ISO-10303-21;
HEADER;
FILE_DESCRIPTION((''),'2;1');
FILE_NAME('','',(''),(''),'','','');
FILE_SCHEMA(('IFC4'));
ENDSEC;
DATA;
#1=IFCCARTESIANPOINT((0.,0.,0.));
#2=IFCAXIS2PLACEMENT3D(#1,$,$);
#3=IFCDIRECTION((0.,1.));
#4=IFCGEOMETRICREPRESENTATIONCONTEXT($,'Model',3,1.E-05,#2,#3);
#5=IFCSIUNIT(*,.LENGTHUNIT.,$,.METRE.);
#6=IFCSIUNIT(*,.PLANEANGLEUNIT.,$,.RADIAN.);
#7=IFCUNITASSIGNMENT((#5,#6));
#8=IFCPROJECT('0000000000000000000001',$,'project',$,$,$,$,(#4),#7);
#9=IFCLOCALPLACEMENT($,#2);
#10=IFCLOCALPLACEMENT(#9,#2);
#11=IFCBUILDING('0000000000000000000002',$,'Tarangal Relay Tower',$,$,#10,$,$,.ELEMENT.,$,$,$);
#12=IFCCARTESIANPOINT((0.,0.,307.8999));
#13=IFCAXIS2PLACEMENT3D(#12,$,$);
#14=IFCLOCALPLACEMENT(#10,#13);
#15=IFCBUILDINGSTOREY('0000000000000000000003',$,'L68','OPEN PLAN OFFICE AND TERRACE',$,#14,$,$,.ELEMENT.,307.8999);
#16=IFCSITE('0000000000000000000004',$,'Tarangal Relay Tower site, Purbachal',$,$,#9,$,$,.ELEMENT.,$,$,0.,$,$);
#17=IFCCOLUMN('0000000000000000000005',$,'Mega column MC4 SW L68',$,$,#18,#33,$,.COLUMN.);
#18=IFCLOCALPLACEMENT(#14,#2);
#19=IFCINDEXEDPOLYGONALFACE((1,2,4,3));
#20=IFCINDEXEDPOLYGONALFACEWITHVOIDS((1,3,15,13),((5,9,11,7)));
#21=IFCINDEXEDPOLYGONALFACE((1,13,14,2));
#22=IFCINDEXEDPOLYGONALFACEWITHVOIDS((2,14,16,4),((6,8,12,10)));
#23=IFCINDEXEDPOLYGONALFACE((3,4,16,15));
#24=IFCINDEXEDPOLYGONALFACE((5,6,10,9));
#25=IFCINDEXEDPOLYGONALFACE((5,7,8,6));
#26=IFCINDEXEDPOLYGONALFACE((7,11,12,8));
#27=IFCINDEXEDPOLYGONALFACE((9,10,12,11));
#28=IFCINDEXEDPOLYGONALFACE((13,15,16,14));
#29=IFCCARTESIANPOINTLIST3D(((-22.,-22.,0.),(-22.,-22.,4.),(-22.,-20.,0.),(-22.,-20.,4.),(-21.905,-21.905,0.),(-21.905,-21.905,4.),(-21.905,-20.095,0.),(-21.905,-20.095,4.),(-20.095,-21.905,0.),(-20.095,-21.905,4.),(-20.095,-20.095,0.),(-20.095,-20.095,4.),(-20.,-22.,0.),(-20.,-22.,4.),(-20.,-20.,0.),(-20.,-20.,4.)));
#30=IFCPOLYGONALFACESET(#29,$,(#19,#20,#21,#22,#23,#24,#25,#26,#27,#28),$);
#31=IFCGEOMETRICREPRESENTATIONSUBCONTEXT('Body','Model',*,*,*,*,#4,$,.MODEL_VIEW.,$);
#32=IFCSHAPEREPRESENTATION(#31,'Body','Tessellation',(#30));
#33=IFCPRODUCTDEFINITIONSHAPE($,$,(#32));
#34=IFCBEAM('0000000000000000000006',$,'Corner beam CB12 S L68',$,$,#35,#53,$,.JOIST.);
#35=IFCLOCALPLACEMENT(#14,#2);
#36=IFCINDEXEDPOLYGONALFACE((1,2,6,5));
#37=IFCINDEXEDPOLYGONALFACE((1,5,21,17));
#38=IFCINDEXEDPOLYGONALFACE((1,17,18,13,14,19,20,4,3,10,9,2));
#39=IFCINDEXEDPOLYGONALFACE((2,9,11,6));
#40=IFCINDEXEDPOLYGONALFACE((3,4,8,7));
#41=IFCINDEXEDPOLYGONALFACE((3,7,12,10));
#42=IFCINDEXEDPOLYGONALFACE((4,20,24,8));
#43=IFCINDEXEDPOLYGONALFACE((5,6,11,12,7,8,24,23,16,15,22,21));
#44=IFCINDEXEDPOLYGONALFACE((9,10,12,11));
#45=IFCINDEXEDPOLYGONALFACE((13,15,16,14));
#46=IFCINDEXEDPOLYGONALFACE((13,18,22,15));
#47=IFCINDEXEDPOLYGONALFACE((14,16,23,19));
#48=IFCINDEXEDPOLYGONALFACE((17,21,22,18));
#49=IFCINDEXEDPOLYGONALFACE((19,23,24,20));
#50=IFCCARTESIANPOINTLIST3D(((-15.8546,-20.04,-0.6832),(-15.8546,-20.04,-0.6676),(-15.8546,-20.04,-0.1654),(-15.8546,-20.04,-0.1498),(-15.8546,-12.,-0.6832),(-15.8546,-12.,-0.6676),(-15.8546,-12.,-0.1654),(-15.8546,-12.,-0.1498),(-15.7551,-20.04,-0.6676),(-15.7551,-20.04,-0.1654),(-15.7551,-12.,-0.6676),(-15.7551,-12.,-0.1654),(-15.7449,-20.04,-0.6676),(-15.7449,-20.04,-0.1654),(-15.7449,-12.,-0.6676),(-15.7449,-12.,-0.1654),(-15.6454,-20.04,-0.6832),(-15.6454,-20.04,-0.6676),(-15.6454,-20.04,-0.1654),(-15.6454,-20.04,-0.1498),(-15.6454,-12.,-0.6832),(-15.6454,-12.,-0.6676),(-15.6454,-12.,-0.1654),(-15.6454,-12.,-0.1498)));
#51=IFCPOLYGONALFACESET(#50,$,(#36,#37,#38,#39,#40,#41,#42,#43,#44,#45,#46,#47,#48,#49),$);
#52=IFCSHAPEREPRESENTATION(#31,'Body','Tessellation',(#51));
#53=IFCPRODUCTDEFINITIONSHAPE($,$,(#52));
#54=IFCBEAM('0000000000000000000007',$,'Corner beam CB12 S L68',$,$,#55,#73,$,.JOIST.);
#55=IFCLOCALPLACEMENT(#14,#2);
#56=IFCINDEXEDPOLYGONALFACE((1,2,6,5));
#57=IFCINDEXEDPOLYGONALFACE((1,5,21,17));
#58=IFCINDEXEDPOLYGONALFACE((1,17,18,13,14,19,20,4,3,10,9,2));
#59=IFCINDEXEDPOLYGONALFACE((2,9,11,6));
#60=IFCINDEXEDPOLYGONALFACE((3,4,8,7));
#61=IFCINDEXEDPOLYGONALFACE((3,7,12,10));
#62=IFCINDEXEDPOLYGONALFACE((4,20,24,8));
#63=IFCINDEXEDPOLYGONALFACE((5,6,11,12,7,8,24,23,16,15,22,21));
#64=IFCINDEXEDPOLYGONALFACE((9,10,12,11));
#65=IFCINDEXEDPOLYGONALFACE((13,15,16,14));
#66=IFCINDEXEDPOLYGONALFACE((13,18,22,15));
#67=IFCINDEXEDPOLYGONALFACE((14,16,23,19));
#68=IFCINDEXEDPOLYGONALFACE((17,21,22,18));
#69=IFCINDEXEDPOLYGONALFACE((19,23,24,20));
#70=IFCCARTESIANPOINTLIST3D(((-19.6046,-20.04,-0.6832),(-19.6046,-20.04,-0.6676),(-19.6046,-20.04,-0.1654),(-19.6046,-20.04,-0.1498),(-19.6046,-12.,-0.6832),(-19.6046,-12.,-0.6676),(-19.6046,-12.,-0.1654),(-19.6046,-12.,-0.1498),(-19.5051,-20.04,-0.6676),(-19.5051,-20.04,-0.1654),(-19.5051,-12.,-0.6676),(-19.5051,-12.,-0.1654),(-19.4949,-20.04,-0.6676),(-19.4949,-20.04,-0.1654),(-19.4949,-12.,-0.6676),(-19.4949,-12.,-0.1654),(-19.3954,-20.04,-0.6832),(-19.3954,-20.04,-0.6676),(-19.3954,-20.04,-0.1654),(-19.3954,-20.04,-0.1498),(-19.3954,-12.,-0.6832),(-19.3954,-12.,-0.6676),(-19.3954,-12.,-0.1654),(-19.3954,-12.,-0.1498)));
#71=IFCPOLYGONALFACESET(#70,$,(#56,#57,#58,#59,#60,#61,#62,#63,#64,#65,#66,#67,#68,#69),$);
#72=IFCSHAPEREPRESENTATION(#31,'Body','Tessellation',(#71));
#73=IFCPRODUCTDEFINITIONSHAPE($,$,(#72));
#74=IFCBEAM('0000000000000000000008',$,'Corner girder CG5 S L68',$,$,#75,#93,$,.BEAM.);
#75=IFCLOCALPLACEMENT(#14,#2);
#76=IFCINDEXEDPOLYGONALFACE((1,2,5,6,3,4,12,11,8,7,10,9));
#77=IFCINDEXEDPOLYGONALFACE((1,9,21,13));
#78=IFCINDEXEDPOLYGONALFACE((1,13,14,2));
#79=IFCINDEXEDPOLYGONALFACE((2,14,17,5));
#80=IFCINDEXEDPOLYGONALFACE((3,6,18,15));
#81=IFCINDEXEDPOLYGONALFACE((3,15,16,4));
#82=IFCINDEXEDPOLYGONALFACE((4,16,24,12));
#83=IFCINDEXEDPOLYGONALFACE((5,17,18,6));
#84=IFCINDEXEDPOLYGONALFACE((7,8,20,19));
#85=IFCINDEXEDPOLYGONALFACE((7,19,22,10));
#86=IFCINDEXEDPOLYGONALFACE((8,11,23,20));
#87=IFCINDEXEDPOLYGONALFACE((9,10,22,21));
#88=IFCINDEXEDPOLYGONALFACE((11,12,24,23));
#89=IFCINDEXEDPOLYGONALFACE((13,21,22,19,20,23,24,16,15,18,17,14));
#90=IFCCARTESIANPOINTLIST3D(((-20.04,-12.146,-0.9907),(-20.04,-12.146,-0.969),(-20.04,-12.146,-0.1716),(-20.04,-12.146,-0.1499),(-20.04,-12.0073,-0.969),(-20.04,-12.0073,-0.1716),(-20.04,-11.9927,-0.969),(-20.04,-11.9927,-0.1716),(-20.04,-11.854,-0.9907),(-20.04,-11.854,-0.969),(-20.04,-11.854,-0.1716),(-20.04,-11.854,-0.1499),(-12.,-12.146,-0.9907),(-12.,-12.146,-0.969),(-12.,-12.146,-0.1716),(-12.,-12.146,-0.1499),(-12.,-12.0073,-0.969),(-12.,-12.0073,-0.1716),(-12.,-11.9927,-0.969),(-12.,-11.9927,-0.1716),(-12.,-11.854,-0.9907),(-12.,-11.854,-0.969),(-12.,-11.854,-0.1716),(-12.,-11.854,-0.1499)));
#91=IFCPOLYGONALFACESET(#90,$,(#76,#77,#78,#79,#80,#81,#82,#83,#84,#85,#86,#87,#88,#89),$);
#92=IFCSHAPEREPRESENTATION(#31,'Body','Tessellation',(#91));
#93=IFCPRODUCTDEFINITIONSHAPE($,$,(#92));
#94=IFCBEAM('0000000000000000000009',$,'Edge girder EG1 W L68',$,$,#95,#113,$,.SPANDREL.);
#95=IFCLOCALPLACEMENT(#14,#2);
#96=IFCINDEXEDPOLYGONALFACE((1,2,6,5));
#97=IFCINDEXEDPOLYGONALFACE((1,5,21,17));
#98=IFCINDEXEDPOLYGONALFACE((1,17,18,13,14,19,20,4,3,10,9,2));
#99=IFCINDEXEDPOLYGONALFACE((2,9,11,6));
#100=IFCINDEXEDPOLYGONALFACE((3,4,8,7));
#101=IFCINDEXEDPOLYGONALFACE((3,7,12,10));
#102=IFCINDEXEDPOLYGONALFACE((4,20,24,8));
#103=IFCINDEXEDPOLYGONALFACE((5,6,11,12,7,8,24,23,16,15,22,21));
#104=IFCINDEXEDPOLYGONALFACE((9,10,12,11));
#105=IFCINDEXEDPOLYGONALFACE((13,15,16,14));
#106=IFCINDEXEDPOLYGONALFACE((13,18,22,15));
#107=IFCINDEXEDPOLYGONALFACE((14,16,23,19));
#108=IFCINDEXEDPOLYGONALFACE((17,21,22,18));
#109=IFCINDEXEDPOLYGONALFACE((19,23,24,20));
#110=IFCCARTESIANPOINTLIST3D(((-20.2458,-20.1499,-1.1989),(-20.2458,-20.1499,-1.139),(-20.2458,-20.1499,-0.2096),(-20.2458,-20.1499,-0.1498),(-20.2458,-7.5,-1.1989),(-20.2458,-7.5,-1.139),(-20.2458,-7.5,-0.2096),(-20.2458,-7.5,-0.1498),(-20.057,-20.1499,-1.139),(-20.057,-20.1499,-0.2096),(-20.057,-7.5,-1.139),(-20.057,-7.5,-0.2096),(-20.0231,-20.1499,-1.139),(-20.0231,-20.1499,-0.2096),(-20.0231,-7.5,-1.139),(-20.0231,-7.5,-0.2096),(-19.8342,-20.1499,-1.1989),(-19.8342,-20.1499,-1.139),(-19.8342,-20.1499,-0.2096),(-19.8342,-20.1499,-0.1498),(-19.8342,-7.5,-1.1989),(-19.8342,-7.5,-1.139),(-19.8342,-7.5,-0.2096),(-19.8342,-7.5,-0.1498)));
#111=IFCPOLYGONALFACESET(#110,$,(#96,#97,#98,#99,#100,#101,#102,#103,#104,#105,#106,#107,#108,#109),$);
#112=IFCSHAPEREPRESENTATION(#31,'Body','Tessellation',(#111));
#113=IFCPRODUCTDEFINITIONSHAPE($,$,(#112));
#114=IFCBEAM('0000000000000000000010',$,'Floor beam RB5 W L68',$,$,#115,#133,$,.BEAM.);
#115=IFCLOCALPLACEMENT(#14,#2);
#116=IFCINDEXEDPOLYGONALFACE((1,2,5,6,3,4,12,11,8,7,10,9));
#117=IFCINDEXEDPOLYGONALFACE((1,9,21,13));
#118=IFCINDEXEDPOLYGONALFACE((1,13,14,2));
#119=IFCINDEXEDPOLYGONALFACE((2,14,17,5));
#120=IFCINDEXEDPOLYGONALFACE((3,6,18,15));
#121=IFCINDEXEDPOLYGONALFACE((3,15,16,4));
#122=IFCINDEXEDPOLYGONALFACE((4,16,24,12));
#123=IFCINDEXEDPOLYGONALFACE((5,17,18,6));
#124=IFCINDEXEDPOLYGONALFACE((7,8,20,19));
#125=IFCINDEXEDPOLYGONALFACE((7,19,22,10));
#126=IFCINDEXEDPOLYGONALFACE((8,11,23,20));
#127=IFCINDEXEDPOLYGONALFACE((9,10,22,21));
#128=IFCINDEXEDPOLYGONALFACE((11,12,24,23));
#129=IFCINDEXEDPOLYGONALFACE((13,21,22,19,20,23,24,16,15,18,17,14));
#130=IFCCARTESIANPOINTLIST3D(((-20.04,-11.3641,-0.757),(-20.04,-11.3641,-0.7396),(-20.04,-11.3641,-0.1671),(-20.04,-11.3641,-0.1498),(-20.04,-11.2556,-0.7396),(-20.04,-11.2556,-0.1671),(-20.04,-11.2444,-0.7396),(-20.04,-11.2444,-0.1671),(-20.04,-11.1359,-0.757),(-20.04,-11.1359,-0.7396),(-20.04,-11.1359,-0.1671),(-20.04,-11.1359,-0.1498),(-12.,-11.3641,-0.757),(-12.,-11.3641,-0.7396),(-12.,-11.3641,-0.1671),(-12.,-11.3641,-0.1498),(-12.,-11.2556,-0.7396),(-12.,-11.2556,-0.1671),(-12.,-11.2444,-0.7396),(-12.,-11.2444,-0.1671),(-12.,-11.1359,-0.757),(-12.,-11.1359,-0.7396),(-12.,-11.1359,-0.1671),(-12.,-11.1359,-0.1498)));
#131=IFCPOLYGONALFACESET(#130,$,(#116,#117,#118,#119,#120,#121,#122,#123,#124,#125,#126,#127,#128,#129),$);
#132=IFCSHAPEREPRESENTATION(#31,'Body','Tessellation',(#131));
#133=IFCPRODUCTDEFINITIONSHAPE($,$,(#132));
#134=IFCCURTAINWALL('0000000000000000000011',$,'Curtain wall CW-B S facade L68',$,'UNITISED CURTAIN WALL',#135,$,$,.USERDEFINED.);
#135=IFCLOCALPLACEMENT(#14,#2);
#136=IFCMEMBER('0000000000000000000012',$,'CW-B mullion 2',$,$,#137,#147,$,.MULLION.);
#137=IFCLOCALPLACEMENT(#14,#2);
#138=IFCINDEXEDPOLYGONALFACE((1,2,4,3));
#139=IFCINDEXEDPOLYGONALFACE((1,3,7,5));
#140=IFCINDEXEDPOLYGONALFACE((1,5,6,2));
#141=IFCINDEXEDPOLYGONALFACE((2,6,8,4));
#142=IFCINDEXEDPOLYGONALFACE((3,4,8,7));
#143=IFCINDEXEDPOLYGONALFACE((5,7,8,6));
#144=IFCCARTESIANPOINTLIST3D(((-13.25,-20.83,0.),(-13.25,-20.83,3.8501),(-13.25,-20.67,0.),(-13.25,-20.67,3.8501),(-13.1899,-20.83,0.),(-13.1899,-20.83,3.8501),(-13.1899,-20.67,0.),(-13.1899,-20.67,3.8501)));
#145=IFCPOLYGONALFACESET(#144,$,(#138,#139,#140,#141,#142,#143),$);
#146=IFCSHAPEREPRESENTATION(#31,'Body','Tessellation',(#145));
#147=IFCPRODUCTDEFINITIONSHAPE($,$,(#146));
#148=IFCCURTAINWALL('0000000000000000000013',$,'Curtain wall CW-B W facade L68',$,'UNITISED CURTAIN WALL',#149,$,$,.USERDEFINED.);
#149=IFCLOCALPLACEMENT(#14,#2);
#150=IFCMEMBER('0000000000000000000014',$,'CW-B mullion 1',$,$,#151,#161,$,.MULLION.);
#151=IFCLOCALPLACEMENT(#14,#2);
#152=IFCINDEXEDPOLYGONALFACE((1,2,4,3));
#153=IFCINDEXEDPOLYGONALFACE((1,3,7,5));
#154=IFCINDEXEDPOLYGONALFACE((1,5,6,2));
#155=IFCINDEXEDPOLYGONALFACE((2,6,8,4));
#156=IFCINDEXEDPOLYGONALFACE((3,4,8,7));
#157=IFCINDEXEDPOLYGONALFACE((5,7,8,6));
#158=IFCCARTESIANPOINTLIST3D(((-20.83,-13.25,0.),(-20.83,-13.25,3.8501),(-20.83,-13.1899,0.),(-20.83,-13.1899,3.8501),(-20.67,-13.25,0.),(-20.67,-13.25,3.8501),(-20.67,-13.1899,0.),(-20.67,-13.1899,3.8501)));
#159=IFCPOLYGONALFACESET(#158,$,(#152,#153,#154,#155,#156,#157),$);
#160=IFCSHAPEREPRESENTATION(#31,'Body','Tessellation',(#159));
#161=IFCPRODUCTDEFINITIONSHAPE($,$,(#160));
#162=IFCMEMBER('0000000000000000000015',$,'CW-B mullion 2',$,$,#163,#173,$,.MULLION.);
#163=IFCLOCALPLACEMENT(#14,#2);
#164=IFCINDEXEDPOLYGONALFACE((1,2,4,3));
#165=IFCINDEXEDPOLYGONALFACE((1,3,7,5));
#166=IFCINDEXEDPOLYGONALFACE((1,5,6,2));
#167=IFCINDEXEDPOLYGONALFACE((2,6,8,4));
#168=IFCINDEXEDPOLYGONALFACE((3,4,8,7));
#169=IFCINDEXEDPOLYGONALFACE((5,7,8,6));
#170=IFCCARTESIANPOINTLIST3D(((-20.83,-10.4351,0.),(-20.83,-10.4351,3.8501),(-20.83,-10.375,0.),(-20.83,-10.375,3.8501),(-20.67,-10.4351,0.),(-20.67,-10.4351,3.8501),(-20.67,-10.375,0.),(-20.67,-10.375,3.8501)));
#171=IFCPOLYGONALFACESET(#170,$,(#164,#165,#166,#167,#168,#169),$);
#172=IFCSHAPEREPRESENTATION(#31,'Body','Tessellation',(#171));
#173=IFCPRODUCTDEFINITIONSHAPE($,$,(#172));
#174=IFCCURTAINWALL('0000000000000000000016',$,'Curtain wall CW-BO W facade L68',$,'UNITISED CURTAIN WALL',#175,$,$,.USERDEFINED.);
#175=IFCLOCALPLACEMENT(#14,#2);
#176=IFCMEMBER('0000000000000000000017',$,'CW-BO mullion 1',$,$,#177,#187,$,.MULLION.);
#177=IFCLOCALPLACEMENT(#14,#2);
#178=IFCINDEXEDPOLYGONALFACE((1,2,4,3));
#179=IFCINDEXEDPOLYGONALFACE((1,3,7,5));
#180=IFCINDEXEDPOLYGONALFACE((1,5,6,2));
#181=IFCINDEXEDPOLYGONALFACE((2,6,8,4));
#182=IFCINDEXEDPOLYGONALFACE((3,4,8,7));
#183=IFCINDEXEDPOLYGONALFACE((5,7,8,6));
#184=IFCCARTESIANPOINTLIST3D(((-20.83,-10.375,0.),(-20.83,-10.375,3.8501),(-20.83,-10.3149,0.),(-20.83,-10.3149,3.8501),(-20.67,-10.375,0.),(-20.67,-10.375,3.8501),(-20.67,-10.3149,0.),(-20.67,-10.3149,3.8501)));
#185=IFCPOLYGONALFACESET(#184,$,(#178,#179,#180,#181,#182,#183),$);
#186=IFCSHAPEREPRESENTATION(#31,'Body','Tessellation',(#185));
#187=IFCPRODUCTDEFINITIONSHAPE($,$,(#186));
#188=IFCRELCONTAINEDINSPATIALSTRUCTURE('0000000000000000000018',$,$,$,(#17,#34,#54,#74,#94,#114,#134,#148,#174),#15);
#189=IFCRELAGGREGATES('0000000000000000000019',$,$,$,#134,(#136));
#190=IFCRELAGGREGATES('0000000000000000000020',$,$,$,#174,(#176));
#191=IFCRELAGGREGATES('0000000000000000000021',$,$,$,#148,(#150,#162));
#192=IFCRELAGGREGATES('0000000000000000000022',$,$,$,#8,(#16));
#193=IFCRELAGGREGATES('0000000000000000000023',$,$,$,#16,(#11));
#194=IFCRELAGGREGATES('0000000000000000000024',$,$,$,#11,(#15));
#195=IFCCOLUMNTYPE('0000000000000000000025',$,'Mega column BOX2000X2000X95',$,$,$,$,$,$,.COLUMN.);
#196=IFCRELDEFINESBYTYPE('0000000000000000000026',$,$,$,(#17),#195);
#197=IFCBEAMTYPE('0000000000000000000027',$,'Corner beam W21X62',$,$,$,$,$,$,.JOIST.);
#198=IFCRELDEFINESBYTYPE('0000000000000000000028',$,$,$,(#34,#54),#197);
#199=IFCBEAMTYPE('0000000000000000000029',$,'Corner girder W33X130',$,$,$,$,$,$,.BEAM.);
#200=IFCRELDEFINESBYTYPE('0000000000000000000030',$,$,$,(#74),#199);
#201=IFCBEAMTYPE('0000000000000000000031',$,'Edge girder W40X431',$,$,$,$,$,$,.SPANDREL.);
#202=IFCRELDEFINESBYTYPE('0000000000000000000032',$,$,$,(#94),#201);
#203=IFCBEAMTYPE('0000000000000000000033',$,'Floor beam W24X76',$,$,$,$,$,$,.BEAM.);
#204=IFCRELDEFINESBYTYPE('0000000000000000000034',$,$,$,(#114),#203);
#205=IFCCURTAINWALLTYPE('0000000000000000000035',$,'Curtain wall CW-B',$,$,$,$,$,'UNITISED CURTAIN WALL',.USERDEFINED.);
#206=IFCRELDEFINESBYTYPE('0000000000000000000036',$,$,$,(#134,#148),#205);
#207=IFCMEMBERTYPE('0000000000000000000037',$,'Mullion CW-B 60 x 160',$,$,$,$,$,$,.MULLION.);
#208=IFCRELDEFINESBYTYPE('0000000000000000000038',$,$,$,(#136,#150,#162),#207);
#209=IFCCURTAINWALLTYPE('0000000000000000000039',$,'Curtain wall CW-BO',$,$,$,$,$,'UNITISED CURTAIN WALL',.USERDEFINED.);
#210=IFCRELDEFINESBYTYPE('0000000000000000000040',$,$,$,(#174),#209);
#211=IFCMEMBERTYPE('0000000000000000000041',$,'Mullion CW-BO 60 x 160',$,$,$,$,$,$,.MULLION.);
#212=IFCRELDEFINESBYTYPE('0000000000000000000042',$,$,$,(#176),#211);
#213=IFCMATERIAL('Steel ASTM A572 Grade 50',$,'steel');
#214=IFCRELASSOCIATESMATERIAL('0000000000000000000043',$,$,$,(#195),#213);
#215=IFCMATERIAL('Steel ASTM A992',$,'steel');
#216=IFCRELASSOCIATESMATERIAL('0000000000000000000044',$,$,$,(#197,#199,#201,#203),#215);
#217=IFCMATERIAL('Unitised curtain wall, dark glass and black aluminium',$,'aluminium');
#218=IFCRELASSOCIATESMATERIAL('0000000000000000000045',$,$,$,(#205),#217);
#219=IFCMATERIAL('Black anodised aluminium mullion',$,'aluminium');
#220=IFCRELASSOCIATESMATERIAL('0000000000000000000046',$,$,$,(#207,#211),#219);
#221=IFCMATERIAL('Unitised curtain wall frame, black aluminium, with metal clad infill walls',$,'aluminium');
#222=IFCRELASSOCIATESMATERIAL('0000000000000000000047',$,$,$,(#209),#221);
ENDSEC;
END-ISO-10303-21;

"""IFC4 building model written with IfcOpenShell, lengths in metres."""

from ifc_helpers import new_model, si_unit, direction, frame, origin, origin_2d, place, context, subcontext, project, spatial, rectangle, hollow_rectangle, i_section, extrude, material, material_profile, profile_set, type_object, element, aggregate, save


model = new_model("IFC4")

# Units and contexts
model_context = context("Model", 3, precision=1e-05, world=origin(), true_north=direction((0.0, 1.0)))
body_context = subcontext(model_context, "Body", "Model", "MODEL_VIEW")
ifc_project = project(units=[si_unit("LENGTHUNIT", "METRE"), si_unit("PLANEANGLEUNIT", "RADIAN")], contexts=[model_context])

# Site, building, storey
site_placement = place(None, origin())
site = spatial("IfcSite", under=ifc_project, at=site_placement, Name="Tarangal Relay Tower site, Purbachal", CompositionType="ELEMENT", RefElevation=0.0)
building_placement = place(site_placement, origin())
building = spatial("IfcBuilding", under=site, at=building_placement, Name="Tarangal Relay Tower", CompositionType="ELEMENT")
storey_placement = place(building_placement, frame((0.0, 0.0, 307.8999)))
storey = spatial("IfcBuildingStorey", under=building, at=storey_placement, Name="L68", Description="OPEN PLAN OFFICE AND TERRACE", CompositionType="ELEMENT", Elevation=307.8999)

# Column
ifc_material_1 = material(Name="Steel ASTM A572 Grade 50", Category="steel")
ifc_material_profile_1 = material_profile(ifc_material_1, hollow_rectangle(XDim=2.0, YDim=2.0, WallThickness=0.095, at=origin_2d()), Name="BOX2000X2000X95")
ifc_profile_set_1 = profile_set([ifc_material_profile_1], Name="Steel ASTM A572 Grade 50")
column_type = type_object("IfcColumnType", Name="Mega column BOX2000X2000X95", PredefinedType="COLUMN", material=ifc_profile_set_1)
column_placement = place(storey_placement, frame((-21.0, -21.0, 0.0), z_axis=(0.0, 0.0, 1.0), x_axis=(1.0, 0.0, 0.0)))
element("IfcColumn", 1, at=column_placement, inside=storey, type_object=column_type, Name="Mega column MC4 SW L68", PredefinedType="COLUMN", context=body_context, shape_type="SweptSolid", body=[
    extrude(hollow_rectangle(XDim=2.0, YDim=2.0, WallThickness=0.095, at=origin_2d()), origin(), (0.0, 0.0, 1.0), 4.0),
])

# Beams
ifc_material_2 = material(Name="Steel ASTM A992", Category="steel")
ifc_material_profile_2 = material_profile(ifc_material_2, i_section(OverallWidth=0.2092, OverallDepth=0.5334, WebThickness=0.0103, FlangeThickness=0.0156, at=origin_2d()), Name="W21X62")
ifc_profile_set_2 = profile_set([ifc_material_profile_2], Name="Steel ASTM A992")
beam_type_1 = type_object("IfcBeamType", Name="Corner beam W21X62", PredefinedType="JOIST", material=ifc_profile_set_2)
for number, where, z_axis, x_axis, name in (
    (2, (-15.75, -12.0, -0.4165), (0.0, -1.0, 0.0), (1.0, 0.0, 0.0), "Corner beam CB12 S L68"),
    (3, (-19.5, -12.0, -0.4165), (0.0, -1.0, 0.0), (1.0, 0.0, 0.0), "Corner beam CB12 S L68"),
):
    element("IfcBeam", number, at=place(storey_placement, frame(where, z_axis=z_axis, x_axis=x_axis)), inside=storey, type_object=beam_type_1, Name=name, PredefinedType="JOIST", context=body_context, shape_type="SweptSolid", body=[
        extrude(i_section(OverallWidth=0.2092, OverallDepth=0.5334, WebThickness=0.0103, FlangeThickness=0.0156, at=origin_2d()), origin(), (0.0, 0.0, 1.0), 8.04),
    ])
ifc_material_profile_3 = material_profile(ifc_material_2, i_section(OverallWidth=0.292, OverallDepth=0.8408, WebThickness=0.0146, FlangeThickness=0.0217, at=origin_2d()), Name="W33X130")
ifc_profile_set_3 = profile_set([ifc_material_profile_3], Name="Steel ASTM A992")
beam_type_2 = type_object("IfcBeamType", Name="Corner girder W33X130", PredefinedType="BEAM", material=ifc_profile_set_3)
beam_1_placement = place(storey_placement, frame((-12.0, -12.0, -0.5703), z_axis=(-1.0, 0.0, 0.0), x_axis=(0.0, -1.0, 0.0)))
element("IfcBeam", 4, at=beam_1_placement, inside=storey, type_object=beam_type_2, Name="Corner girder CG5 S L68", PredefinedType="BEAM", context=body_context, shape_type="SweptSolid", body=[
    extrude(i_section(OverallWidth=0.292, OverallDepth=0.8408, WebThickness=0.0146, FlangeThickness=0.0217, at=origin_2d()), origin(), (0.0, 0.0, 1.0), 8.04),
])
ifc_material_profile_4 = material_profile(ifc_material_2, i_section(OverallWidth=0.4116, OverallDepth=1.0491, WebThickness=0.0339, FlangeThickness=0.0598, at=origin_2d()), Name="W40X431")
ifc_profile_set_4 = profile_set([ifc_material_profile_4], Name="Steel ASTM A992")
beam_type_3 = type_object("IfcBeamType", Name="Edge girder W40X431", PredefinedType="SPANDREL", material=ifc_profile_set_4)
beam_2_placement = place(storey_placement, frame((-20.04, -20.1499, -0.6743), z_axis=(0.0, 1.0, 0.0), x_axis=(-1.0, 0.0, 0.0)))
element("IfcBeam", 5, at=beam_2_placement, inside=storey, type_object=beam_type_3, Name="Edge girder EG1 W L68", PredefinedType="SPANDREL", context=body_context, shape_type="SweptSolid", body=[
    extrude(i_section(OverallWidth=0.4116, OverallDepth=1.0491, WebThickness=0.0339, FlangeThickness=0.0598, at=origin_2d()), origin(), (0.0, 0.0, 1.0), 12.6499),
])
ifc_material_profile_5 = material_profile(ifc_material_2, i_section(OverallWidth=0.2283, OverallDepth=0.6072, WebThickness=0.0112, FlangeThickness=0.0173, at=origin_2d()), Name="W24X76")
ifc_profile_set_5 = profile_set([ifc_material_profile_5], Name="Steel ASTM A992")
beam_type_4 = type_object("IfcBeamType", Name="Floor beam W24X76", PredefinedType="BEAM", material=ifc_profile_set_5)
beam_3_placement = place(storey_placement, frame((-12.0, -11.25, -0.4534), z_axis=(-1.0, 0.0, 0.0), x_axis=(0.0, -1.0, 0.0)))
element("IfcBeam", 6, at=beam_3_placement, inside=storey, type_object=beam_type_4, Name="Floor beam RB5 W L68", PredefinedType="BEAM", context=body_context, shape_type="SweptSolid", body=[
    extrude(i_section(OverallWidth=0.2283, OverallDepth=0.6072, WebThickness=0.0112, FlangeThickness=0.0173, at=origin_2d()), origin(), (0.0, 0.0, 1.0), 8.04),
])

# Curtain wall, member
ifc_material_3 = material(Name="Unitised curtain wall, dark glass and black aluminium", Category="aluminium")
curtain_wall_type_1 = type_object("IfcCurtainWallType", Name="Curtain wall CW-B", ElementType="UNITISED CURTAIN WALL", PredefinedType="USERDEFINED", material=ifc_material_3)
curtain_wall_1_placement = place(storey_placement, origin())
curtain_wall_1 = element("IfcCurtainWall", 7, at=curtain_wall_1_placement, inside=storey, type_object=curtain_wall_type_1, Name="Curtain wall CW-B S facade L68", ObjectType="UNITISED CURTAIN WALL", PredefinedType="USERDEFINED")
ifc_material_4 = material(Name="Black anodised aluminium mullion", Category="aluminium")
ifc_material_profile_6 = material_profile(ifc_material_4, rectangle(XDim=0.1599, YDim=0.0601, at=origin_2d()), Name="CW-BM 60X160")
ifc_profile_set_6 = profile_set([ifc_material_profile_6], Name="Black anodised aluminium mullion")
member_type_1 = type_object("IfcMemberType", Name="Mullion CW-B 60 x 160", PredefinedType="MULLION", material=ifc_profile_set_6)
member_1_placement = place(storey_placement, frame((-13.22, -20.75, 0.0), z_axis=(0.0, 0.0, 1.0), x_axis=(0.0, -1.0, 0.0)))
member_1 = element("IfcMember", 8, at=member_1_placement, type_object=member_type_1, Name="CW-B mullion 2", PredefinedType="MULLION", context=body_context, shape_type="SweptSolid", body=[
    extrude(rectangle(XDim=0.1599, YDim=0.0601, at=origin_2d()), origin(), (0.0, 0.0, 1.0), 3.8501),
])
aggregate(curtain_wall_1, [member_1])

# Curtain wall, members
curtain_wall_2_placement = place(storey_placement, origin())
curtain_wall_2 = element("IfcCurtainWall", 9, at=curtain_wall_2_placement, inside=storey, type_object=curtain_wall_type_1, Name="Curtain wall CW-B W facade L68", ObjectType="UNITISED CURTAIN WALL", PredefinedType="USERDEFINED")
member_2_placement = place(storey_placement, frame((-20.75, -13.22, 0.0), z_axis=(0.0, 0.0, 1.0), x_axis=(-1.0, 0.0, 0.0)))
member_2 = element("IfcMember", 10, at=member_2_placement, type_object=member_type_1, Name="CW-B mullion 1", PredefinedType="MULLION", context=body_context, shape_type="SweptSolid", body=[
    extrude(rectangle(XDim=0.1599, YDim=0.0601, at=origin_2d()), origin(), (0.0, 0.0, 1.0), 3.8501),
])
member_3_placement = place(storey_placement, frame((-20.75, -10.405, 0.0), z_axis=(0.0, 0.0, 1.0), x_axis=(-1.0, 0.0, 0.0)))
member_3 = element("IfcMember", 11, at=member_3_placement, type_object=member_type_1, Name="CW-B mullion 2", PredefinedType="MULLION", context=body_context, shape_type="SweptSolid", body=[
    extrude(rectangle(XDim=0.1599, YDim=0.0601, at=origin_2d()), origin(), (0.0, 0.0, 1.0), 3.8501),
])

# Curtain wall, member
ifc_material_5 = material(Name="Unitised curtain wall frame, black aluminium, with metal clad infill walls", Category="aluminium")
curtain_wall_type_2 = type_object("IfcCurtainWallType", Name="Curtain wall CW-BO", ElementType="UNITISED CURTAIN WALL", PredefinedType="USERDEFINED", material=ifc_material_5)
curtain_wall_3_placement = place(storey_placement, origin())
curtain_wall_3 = element("IfcCurtainWall", 12, at=curtain_wall_3_placement, inside=storey, type_object=curtain_wall_type_2, Name="Curtain wall CW-BO W facade L68", ObjectType="UNITISED CURTAIN WALL", PredefinedType="USERDEFINED")
ifc_material_profile_7 = material_profile(ifc_material_4, rectangle(XDim=0.1599, YDim=0.0601, at=origin_2d()), Name="CW-BOM 60X160")
ifc_profile_set_7 = profile_set([ifc_material_profile_7], Name="Black anodised aluminium mullion")
member_type_2 = type_object("IfcMemberType", Name="Mullion CW-BO 60 x 160", PredefinedType="MULLION", material=ifc_profile_set_7)
member_4_placement = place(storey_placement, frame((-20.75, -10.345, 0.0), z_axis=(0.0, 0.0, 1.0), x_axis=(-1.0, 0.0, 0.0)))
member_4 = element("IfcMember", 13, at=member_4_placement, type_object=member_type_2, Name="CW-BO mullion 1", PredefinedType="MULLION", context=body_context, shape_type="SweptSolid", body=[
    extrude(rectangle(XDim=0.1599, YDim=0.0601, at=origin_2d()), origin(), (0.0, 0.0, 1.0), 3.8501),
])

aggregate(curtain_wall_3, [member_4])

aggregate(curtain_wall_2, [member_2, member_3])

save(model, "model.ifc")
